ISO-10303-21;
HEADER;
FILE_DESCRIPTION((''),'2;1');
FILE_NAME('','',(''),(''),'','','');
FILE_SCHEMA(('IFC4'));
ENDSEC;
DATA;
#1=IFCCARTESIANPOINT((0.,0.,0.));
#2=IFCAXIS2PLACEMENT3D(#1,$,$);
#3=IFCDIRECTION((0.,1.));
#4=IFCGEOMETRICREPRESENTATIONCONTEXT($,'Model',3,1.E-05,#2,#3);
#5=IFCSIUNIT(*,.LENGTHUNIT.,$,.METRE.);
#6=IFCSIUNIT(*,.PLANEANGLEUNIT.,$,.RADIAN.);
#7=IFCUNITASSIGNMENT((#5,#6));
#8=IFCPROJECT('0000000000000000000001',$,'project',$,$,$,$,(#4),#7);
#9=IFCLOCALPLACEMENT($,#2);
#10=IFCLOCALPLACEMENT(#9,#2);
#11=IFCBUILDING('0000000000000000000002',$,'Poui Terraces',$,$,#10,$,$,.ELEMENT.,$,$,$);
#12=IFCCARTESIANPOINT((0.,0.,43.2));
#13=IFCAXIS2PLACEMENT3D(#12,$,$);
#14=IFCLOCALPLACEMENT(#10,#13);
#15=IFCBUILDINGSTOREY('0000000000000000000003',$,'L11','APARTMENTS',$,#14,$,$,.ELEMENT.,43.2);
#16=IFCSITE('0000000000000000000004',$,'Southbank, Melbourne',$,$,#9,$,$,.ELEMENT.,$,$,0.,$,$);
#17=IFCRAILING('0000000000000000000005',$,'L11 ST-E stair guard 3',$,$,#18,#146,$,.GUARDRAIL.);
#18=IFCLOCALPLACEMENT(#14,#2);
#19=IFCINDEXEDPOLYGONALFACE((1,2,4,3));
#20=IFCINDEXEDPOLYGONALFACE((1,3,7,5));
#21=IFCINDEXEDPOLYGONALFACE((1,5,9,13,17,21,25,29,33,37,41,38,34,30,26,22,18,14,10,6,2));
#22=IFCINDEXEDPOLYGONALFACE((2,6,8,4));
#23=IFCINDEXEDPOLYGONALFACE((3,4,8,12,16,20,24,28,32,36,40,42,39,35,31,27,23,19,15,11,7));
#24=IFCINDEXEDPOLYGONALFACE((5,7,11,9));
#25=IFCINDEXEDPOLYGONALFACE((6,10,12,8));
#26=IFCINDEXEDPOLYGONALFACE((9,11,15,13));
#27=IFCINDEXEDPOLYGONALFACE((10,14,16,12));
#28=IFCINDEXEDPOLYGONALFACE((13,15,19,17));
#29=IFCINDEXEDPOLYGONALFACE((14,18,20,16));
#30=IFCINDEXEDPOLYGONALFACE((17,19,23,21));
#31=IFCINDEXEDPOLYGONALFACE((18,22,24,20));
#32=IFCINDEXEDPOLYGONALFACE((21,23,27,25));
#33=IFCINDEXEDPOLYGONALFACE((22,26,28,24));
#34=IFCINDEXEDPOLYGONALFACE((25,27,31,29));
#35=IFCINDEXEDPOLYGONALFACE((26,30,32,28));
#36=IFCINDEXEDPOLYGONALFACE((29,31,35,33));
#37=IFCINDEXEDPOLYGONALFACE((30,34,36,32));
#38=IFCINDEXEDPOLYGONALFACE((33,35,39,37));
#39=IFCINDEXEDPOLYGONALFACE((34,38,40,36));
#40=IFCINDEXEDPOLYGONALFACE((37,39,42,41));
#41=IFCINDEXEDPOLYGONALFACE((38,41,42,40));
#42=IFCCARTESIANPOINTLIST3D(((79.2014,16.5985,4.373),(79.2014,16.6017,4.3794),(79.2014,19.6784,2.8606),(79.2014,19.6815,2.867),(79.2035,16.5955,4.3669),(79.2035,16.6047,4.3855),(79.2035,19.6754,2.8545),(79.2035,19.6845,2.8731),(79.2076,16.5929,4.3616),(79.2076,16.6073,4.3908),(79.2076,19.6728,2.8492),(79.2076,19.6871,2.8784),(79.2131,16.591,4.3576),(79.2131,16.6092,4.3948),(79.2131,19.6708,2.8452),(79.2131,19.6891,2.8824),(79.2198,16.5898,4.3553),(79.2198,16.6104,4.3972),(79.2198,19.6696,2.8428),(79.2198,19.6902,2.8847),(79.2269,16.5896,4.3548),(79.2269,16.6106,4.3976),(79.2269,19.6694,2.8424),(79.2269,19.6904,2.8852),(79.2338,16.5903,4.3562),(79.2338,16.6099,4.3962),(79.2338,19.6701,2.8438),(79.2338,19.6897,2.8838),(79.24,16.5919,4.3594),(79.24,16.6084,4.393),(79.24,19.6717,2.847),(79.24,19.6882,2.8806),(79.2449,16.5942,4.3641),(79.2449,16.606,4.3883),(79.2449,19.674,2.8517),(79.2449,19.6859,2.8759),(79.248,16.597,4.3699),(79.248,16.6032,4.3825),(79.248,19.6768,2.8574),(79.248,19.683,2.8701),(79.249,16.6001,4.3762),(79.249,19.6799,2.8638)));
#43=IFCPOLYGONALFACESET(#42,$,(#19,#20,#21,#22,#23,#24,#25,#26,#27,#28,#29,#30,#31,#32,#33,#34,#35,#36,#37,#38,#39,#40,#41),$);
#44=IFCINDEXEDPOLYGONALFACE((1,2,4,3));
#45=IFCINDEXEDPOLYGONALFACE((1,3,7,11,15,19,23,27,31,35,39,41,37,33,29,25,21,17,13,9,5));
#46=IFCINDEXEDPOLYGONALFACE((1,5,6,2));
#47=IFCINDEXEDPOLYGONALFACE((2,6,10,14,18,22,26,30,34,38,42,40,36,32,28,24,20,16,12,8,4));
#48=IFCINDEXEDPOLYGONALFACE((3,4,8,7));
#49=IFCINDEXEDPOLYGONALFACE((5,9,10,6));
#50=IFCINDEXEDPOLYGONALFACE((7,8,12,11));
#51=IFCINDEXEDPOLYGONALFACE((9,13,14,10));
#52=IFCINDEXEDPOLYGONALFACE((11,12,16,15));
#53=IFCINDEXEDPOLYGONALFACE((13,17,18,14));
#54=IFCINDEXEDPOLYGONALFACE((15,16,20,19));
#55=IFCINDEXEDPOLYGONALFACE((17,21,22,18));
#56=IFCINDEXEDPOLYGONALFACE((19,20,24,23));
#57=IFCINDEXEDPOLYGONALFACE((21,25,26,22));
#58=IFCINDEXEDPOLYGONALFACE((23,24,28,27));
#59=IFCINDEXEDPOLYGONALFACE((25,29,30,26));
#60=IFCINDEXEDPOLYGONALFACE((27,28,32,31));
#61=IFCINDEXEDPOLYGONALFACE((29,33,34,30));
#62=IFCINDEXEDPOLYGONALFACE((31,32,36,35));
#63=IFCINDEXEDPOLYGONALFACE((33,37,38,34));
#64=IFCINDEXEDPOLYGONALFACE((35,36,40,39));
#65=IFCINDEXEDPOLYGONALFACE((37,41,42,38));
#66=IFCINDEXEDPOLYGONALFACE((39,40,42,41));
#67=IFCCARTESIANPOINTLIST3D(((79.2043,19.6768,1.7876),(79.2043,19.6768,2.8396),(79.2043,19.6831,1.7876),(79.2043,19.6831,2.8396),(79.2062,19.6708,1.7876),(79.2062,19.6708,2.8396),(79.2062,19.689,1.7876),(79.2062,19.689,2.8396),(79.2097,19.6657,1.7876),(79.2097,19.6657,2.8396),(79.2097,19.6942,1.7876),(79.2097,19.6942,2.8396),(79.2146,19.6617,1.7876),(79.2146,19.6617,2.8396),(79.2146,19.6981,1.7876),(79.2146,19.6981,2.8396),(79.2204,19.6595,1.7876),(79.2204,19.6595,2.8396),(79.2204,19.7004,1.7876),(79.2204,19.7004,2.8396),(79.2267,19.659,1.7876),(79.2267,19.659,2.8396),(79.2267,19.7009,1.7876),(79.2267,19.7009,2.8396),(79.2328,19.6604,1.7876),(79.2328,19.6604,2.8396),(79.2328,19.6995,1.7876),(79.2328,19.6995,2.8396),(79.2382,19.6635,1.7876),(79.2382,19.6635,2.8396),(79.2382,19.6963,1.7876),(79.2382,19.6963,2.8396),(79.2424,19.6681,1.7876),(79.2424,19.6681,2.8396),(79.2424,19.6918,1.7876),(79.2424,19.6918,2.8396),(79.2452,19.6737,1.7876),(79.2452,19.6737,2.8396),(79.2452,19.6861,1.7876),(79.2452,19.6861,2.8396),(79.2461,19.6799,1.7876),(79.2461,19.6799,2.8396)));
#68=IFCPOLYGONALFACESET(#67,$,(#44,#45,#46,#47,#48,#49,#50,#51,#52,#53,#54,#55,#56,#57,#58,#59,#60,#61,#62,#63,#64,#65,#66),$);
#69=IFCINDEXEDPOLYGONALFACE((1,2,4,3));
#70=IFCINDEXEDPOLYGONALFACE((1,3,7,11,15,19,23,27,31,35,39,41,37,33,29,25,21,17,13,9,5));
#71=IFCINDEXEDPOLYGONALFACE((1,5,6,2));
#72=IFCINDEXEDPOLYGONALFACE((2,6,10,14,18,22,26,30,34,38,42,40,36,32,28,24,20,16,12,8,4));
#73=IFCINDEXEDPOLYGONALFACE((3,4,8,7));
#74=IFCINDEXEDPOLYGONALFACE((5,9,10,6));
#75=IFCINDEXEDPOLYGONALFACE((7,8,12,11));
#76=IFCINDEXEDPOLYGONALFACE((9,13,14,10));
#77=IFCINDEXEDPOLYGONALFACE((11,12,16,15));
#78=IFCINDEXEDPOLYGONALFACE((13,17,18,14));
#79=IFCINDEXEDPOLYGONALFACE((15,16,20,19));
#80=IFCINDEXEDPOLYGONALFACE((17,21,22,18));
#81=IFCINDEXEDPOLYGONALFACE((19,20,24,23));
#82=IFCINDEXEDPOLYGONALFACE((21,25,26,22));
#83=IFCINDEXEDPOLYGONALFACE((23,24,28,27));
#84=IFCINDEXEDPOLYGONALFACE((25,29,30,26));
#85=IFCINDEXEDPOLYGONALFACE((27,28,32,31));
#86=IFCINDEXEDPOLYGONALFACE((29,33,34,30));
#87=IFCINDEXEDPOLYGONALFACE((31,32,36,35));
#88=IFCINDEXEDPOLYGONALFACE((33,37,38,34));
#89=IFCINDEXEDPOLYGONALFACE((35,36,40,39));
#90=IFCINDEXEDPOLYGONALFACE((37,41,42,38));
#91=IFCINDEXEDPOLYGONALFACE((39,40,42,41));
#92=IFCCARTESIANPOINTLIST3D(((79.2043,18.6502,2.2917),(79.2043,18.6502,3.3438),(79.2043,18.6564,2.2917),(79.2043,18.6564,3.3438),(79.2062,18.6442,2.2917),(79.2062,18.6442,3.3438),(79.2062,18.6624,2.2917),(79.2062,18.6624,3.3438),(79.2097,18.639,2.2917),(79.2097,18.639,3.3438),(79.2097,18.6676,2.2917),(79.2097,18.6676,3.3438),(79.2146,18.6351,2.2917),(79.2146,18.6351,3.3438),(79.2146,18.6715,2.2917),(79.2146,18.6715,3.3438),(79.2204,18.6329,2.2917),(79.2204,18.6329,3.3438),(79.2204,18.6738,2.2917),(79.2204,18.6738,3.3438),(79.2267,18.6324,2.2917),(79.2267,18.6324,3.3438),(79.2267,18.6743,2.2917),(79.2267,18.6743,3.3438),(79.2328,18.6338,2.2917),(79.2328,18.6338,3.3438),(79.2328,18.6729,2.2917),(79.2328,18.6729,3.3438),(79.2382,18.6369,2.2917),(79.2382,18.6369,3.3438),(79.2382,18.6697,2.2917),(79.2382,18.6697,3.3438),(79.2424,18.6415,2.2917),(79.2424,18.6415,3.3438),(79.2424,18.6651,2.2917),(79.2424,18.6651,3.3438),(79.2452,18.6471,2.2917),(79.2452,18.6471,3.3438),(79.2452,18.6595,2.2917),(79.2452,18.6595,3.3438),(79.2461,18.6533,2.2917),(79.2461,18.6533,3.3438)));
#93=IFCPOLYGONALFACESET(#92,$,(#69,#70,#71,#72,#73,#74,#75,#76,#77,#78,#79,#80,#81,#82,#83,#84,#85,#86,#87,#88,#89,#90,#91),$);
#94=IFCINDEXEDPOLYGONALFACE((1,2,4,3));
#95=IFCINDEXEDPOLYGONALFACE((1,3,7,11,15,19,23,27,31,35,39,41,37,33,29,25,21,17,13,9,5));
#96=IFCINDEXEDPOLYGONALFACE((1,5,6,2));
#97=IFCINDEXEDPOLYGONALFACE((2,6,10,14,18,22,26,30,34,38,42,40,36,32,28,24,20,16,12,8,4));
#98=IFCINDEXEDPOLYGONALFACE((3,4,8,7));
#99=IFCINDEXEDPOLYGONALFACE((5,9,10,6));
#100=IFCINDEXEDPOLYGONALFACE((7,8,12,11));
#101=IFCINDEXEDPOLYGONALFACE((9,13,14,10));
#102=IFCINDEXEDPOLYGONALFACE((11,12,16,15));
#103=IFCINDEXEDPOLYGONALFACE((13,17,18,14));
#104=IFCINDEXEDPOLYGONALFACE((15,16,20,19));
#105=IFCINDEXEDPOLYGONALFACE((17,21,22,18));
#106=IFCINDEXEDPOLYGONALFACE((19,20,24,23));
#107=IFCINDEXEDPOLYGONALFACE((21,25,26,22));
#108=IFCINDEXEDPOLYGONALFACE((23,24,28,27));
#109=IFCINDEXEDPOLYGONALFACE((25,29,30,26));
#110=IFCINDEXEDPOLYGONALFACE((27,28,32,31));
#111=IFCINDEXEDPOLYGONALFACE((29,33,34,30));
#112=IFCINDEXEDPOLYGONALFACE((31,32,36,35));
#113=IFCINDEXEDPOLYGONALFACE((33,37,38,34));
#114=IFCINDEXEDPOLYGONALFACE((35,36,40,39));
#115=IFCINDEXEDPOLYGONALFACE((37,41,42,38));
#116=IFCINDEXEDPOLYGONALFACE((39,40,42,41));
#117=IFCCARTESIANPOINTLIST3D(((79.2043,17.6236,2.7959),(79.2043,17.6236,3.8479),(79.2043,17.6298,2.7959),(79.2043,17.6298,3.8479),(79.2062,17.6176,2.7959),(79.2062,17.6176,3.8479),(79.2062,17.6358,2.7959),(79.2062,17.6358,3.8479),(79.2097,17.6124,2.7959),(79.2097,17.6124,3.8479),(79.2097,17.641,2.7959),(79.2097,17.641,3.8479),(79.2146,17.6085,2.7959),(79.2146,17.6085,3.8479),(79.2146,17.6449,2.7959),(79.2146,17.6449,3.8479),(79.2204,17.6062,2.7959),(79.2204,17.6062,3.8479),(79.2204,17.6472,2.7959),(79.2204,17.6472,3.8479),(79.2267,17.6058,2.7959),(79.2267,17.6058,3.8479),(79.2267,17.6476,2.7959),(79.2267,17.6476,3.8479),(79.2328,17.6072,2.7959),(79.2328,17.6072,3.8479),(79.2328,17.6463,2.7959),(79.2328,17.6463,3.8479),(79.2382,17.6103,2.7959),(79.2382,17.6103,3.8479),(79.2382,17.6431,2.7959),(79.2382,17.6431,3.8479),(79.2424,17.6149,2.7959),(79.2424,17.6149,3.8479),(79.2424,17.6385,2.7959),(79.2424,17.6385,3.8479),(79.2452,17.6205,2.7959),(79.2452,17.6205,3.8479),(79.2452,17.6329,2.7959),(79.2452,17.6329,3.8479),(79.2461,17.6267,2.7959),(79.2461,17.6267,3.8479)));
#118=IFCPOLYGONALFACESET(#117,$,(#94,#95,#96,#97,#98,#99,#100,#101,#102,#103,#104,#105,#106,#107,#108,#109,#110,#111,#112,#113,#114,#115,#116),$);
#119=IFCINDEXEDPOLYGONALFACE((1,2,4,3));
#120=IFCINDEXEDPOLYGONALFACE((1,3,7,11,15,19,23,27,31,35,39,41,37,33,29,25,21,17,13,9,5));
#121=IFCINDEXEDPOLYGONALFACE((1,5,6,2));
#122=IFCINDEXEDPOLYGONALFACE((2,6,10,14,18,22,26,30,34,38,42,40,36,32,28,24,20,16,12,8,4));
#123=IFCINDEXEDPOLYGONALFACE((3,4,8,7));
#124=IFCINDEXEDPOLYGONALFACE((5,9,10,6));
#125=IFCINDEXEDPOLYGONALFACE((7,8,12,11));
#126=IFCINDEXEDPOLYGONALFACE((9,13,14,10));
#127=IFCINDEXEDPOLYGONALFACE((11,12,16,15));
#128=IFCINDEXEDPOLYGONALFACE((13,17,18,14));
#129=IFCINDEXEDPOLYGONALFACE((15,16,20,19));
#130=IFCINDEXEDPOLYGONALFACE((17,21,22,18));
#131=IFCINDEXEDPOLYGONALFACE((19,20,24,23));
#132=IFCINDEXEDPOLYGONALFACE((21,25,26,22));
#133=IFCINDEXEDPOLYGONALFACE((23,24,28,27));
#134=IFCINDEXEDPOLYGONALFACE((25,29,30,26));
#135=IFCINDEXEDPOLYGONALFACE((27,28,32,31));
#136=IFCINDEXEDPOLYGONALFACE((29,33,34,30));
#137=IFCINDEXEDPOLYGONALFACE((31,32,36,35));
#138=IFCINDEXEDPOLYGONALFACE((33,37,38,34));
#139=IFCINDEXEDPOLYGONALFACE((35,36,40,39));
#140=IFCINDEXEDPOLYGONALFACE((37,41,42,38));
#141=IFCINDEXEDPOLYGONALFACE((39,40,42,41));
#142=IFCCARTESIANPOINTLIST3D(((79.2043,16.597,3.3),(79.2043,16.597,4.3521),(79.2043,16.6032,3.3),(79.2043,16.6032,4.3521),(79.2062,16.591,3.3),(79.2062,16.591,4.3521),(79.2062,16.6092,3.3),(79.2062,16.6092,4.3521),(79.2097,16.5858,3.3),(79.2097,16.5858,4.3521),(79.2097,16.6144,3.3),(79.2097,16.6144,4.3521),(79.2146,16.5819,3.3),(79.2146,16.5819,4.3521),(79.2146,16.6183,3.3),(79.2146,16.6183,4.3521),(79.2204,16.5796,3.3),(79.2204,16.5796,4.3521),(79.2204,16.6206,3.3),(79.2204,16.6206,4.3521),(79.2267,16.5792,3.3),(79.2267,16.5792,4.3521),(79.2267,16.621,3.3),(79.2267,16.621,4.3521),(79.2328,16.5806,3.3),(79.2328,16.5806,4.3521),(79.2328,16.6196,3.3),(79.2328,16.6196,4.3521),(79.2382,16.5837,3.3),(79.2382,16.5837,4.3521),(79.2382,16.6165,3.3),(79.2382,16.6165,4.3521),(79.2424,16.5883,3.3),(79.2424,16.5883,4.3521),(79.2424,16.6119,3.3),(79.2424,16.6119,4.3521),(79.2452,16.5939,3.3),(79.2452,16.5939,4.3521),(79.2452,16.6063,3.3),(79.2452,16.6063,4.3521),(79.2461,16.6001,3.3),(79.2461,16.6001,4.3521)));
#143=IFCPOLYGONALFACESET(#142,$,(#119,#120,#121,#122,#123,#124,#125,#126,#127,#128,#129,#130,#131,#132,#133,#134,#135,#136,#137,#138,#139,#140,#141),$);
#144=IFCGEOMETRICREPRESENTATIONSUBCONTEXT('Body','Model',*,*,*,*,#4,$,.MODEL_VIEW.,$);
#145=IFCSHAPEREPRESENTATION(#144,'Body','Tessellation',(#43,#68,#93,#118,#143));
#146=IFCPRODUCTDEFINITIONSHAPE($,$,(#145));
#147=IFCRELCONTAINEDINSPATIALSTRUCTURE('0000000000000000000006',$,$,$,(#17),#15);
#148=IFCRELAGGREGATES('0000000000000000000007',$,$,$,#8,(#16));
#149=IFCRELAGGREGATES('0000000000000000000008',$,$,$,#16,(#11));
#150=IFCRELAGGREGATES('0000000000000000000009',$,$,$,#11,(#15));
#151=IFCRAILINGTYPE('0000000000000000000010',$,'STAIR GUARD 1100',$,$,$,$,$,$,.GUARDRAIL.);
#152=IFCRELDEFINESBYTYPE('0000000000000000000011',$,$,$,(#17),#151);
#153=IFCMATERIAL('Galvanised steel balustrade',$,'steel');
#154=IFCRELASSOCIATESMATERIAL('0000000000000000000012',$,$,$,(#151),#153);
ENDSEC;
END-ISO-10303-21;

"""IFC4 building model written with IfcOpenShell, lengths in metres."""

from ifc_helpers import new_model, si_unit, direction, frame, origin, origin_2d, place, context, subcontext, project, spatial, circle, extrude, material, type_object, element, save


model = new_model("IFC4")

# Units and contexts
model_context = context("Model", 3, precision=1e-05, world=origin(), true_north=direction((0.0, 1.0)))
body_context = subcontext(model_context, "Body", "Model", "MODEL_VIEW")
ifc_project = project(units=[si_unit("LENGTHUNIT", "METRE"), si_unit("PLANEANGLEUNIT", "RADIAN")], contexts=[model_context])

# Site, building, storey
site_placement = place(None, origin())
site = spatial("IfcSite", under=ifc_project, at=site_placement, Name="Southbank, Melbourne", CompositionType="ELEMENT", RefElevation=0.0)
building_placement = place(site_placement, origin())
building = spatial("IfcBuilding", under=site, at=building_placement, Name="Poui Terraces", CompositionType="ELEMENT")
storey_placement = place(building_placement, frame((0.0, 0.0, 43.2)))
storey = spatial("IfcBuildingStorey", under=building, at=storey_placement, Name="L11", Description="APARTMENTS", CompositionType="ELEMENT", Elevation=43.2)

# Railing
ifc_material_1 = material(Name="Galvanised steel balustrade", Category="steel")
railing_type_1 = type_object("IfcRailingType", Name="STAIR GUARD 1100", PredefinedType="GUARDRAIL", material=ifc_material_1)
railing_1_placement = place(storey_placement, frame((79.2251, 19.6799, 1.7876)))
element("IfcRailing", 1, at=railing_1_placement, inside=storey, type_object=railing_type_1, Name="L11 ST-E stair guard 3", PredefinedType="GUARDRAIL", context=body_context, shape_type="SweptSolid", body=[
    extrude(circle(Radius=0.0239, at=origin_2d()), frame((0.0, 0.0, 1.0762), z_axis=(0.0, -0.897606, 0.440798), x_axis=(1.0, 0.0, 0.0)), (0.0, 0.0, 1.0), 3.4312),
    extrude(circle(Radius=0.021, at=origin_2d()), origin(), (0.0, 0.0, 1.0), 1.052),
    extrude(circle(Radius=0.021, at=origin_2d()), frame((0.0, -1.0266, 0.5042)), (0.0, 0.0, 1.0), 1.052),
    extrude(circle(Radius=0.021, at=origin_2d()), frame((0.0, -2.0532, 1.0083)), (0.0, 0.0, 1.0), 1.052),
    extrude(circle(Radius=0.021, at=origin_2d()), frame((0.0, -3.0798, 1.5125)), (0.0, 0.0, 1.0), 1.052),
])

save(model, "model.ifc")
